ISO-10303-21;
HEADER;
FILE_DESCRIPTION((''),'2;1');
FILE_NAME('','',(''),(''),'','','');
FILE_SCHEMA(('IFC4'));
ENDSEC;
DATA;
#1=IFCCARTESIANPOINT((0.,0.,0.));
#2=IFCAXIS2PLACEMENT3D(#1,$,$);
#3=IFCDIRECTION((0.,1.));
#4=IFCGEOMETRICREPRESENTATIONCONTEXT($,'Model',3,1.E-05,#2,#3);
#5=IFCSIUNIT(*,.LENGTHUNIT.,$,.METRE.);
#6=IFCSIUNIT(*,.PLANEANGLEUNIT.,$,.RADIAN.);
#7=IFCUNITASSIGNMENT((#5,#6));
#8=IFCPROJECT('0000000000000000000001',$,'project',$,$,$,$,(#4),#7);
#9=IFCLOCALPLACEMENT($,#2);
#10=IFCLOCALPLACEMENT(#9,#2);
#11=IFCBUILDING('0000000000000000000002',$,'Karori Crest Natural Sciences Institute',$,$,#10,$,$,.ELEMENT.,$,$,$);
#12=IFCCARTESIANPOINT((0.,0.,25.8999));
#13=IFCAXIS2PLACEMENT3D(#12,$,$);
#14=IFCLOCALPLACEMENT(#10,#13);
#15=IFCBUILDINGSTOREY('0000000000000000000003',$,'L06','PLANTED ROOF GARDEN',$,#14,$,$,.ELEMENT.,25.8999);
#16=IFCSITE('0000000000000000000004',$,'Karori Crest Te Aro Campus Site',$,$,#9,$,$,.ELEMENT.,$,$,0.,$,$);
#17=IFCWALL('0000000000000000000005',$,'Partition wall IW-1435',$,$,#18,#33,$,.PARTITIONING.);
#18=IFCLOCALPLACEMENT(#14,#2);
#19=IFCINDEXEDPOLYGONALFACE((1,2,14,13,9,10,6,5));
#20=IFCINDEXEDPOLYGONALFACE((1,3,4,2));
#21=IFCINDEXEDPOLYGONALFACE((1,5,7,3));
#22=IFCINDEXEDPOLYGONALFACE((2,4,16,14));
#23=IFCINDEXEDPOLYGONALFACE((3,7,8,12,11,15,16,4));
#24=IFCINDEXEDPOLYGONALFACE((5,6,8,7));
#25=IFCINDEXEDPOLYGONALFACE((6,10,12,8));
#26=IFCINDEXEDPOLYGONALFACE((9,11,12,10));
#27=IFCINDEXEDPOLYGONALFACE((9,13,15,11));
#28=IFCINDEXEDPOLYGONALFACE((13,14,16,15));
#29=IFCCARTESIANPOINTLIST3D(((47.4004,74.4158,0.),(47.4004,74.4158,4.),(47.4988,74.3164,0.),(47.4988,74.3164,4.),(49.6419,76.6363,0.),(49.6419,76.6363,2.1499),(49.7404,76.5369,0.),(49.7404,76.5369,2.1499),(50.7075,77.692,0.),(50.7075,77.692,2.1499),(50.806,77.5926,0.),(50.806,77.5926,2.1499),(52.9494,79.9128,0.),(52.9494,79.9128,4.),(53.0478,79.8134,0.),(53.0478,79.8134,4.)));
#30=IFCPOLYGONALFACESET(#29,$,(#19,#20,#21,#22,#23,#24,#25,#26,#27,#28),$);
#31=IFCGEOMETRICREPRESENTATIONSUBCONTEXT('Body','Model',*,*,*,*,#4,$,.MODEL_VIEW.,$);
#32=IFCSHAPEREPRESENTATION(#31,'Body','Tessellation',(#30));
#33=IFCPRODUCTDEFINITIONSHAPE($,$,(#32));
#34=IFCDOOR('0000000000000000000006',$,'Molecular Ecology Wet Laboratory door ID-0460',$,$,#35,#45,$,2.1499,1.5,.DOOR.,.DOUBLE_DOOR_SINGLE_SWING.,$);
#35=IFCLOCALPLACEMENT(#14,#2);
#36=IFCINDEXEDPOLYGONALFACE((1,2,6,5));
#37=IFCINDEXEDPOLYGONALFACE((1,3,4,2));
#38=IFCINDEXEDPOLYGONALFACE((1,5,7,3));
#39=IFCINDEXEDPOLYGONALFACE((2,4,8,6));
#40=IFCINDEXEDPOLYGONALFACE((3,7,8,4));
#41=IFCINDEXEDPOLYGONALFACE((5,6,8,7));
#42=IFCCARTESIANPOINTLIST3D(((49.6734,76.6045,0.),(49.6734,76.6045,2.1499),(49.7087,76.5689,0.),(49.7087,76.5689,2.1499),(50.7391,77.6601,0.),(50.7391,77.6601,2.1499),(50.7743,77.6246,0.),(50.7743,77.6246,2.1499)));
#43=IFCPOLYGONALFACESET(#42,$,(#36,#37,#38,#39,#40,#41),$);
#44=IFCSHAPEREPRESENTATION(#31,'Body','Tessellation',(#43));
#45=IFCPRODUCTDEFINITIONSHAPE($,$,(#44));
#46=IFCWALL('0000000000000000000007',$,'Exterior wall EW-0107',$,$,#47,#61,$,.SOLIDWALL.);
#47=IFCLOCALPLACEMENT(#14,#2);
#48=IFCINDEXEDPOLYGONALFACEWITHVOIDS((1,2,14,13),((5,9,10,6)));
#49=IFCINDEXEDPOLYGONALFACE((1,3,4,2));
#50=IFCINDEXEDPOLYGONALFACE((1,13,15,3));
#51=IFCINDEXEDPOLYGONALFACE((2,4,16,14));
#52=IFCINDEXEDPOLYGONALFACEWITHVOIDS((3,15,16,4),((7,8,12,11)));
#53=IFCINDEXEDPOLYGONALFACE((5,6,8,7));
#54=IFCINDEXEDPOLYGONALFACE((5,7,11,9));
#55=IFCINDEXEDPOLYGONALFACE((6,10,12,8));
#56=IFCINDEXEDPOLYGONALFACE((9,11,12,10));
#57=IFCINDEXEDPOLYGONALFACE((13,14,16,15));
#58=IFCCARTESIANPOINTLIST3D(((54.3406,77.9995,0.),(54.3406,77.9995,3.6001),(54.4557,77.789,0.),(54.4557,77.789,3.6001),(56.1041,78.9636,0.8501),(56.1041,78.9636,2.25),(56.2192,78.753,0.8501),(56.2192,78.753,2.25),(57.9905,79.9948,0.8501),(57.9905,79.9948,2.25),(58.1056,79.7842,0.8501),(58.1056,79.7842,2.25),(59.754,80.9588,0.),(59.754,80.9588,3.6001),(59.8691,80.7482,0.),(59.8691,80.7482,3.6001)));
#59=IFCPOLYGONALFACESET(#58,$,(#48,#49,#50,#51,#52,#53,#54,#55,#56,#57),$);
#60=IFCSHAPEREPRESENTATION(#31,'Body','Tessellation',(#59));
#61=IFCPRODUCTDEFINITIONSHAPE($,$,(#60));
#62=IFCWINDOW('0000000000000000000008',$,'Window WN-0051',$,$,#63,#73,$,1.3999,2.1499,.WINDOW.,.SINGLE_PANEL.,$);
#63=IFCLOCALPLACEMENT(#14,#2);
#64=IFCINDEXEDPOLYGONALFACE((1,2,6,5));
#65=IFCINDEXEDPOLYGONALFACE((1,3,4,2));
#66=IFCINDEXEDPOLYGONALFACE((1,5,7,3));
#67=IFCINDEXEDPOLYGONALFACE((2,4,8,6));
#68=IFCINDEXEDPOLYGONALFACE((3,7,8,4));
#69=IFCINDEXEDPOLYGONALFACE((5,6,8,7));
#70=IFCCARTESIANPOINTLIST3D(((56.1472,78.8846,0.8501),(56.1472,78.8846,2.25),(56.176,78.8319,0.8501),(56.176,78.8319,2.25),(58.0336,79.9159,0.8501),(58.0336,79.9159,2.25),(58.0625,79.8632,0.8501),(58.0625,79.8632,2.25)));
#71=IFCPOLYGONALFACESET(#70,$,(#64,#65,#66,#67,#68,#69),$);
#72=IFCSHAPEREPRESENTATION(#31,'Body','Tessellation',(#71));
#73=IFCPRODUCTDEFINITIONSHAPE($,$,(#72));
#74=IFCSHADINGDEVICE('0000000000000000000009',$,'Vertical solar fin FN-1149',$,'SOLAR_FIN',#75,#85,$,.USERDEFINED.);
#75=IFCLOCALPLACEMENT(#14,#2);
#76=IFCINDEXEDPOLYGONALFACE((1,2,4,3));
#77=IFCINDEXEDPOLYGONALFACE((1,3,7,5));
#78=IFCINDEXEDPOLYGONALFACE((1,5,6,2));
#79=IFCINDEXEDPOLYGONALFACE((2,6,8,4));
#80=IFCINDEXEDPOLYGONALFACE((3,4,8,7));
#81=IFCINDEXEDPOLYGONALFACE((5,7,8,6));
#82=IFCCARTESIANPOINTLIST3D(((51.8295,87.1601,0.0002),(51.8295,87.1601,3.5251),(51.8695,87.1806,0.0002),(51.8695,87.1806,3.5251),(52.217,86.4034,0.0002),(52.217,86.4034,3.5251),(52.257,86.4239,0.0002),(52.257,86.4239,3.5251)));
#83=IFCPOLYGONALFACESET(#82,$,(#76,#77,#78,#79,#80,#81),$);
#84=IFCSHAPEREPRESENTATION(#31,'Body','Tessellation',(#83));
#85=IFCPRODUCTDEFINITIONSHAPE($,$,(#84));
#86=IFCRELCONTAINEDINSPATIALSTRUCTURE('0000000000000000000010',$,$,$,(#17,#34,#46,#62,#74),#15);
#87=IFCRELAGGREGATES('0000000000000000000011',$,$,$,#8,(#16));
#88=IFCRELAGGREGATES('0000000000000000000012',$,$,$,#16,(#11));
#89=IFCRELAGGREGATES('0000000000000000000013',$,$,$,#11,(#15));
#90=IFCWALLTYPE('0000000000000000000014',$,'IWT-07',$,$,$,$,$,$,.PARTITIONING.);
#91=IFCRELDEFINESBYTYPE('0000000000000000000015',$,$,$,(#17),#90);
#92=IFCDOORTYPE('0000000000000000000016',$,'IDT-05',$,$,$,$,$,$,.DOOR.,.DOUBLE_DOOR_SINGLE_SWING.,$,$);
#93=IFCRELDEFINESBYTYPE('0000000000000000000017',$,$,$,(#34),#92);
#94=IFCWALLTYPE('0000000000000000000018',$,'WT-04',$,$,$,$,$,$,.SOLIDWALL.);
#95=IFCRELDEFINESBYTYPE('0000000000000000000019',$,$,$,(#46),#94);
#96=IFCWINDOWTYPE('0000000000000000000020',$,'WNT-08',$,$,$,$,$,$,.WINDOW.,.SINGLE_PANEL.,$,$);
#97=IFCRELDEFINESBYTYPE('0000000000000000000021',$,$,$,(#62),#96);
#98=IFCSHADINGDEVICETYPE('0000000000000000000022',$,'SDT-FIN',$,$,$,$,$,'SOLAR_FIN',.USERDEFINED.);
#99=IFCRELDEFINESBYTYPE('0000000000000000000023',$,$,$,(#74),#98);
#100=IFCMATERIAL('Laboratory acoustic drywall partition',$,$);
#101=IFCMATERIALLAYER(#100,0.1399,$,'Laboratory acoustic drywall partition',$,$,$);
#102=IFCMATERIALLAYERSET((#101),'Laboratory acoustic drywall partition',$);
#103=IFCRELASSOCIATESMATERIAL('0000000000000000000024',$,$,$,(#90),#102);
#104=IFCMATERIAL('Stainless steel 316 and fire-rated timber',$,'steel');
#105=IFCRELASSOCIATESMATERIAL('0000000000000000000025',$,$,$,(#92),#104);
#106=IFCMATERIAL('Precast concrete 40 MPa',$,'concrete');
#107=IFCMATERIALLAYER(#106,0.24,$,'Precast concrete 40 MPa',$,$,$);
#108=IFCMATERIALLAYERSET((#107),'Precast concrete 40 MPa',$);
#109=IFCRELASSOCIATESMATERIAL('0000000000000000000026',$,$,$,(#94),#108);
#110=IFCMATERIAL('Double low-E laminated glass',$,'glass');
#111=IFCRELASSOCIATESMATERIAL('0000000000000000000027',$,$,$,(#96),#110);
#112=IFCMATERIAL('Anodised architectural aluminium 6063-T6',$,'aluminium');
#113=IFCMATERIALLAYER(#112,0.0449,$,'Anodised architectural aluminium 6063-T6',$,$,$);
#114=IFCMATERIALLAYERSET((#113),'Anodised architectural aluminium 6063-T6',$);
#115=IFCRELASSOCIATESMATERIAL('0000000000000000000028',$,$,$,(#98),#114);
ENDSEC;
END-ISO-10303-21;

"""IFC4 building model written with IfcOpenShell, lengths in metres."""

from ifc_helpers import new_model, si_unit, direction, frame, frame_2d, origin, origin_2d, place, context, subcontext, project, spatial, rectangle, extrude, material, layer, layer_set, type_object, element, fill, save


model = new_model("IFC4")

# Units and contexts
model_context = context("Model", 3, precision=1e-05, world=origin(), true_north=direction((0.0, 1.0)))
body_context = subcontext(model_context, "Body", "Model", "MODEL_VIEW")
ifc_project = project(units=[si_unit("LENGTHUNIT", "METRE"), si_unit("PLANEANGLEUNIT", "RADIAN")], contexts=[model_context])

# Site, building, storey
site_placement = place(None, origin())
site = spatial("IfcSite", under=ifc_project, at=site_placement, Name="Karori Crest Te Aro Campus Site", CompositionType="ELEMENT", RefElevation=0.0)
building_placement = place(site_placement, origin())
building = spatial("IfcBuilding", under=site, at=building_placement, Name="Karori Crest Natural Sciences Institute", CompositionType="ELEMENT")
storey_placement = place(building_placement, frame((0.0, 0.0, 25.8999)))
storey = spatial("IfcBuildingStorey", under=building, at=storey_placement, Name="L06", Description="PLANTED ROOF GARDEN", CompositionType="ELEMENT", Elevation=25.8999)

# Shared definitions
ifc_material_1 = material(Name="Anodised architectural aluminium 6063-T6", Category="aluminium")

# Shared definitions
ifc_material_2 = material(Name="Double low-E laminated glass", Category="glass")

# Shared definitions
ifc_material_3 = material(Name="Laboratory acoustic drywall partition")
ifc_layer_1 = layer(ifc_material_3, 0.1399, Name="Laboratory acoustic drywall partition")
ifc_layer_set_1 = layer_set([ifc_layer_1], Name="Laboratory acoustic drywall partition")
wall_type_1 = type_object("IfcWallType", Name="IWT-07", PredefinedType="PARTITIONING", material=ifc_layer_set_1)

# Shared definitions
ifc_material_4 = material(Name="Stainless steel 316 and fire-rated timber", Category="steel")

# Wall, opening, door
wall_1_placement = place(storey_placement, frame((52.9985, 79.863, 0.0), z_axis=(0.0, 0.0, 1.0), x_axis=(-0.710428, -0.70377, 0.0)))
wall_1 = element("IfcWall", 1, at=wall_1_placement, inside=storey, type_object=wall_type_1, Name="Partition wall IW-1435", PredefinedType="PARTITIONING", context=body_context, shape_type="SweptSolid", body=[
    extrude(rectangle(XDim=7.8108, YDim=0.1399, at=frame_2d((3.9053, 0.0))), origin(), (0.0, 0.0, 1.0), 4.0),
])
opening_1_placement = place(wall_1_placement, frame((3.1555, 0.0, 0.0)))
opening_1 = element("IfcOpeningElement", 2, at=opening_1_placement, cuts=wall_1, PredefinedType="OPENING", context=body_context, shape_type="SweptSolid", body=[
    extrude(rectangle(XDim=1.5, YDim=2.1499, at=frame_2d((0.75, 1.075))), frame((0.0, 0.0801, 0.0), z_axis=(0.0, -1.0, 0.0), x_axis=(1.0, 0.0, 0.0)), (0.0, 0.0, 1.0), 0.1599),
])
door_type_1 = type_object("IfcDoorType", Name="IDT-05", OperationType="DOUBLE_DOOR_SINGLE_SWING", PredefinedType="DOOR", material=ifc_material_4)
door_1_placement = place(opening_1_placement, origin())
door_1 = element("IfcDoor", 3, at=door_1_placement, inside=storey, type_object=door_type_1, Name="Molecular Ecology Wet Laboratory door ID-0460", OperationType="DOUBLE_DOOR_SINGLE_SWING", OverallHeight=2.1499, OverallWidth=1.5, PredefinedType="DOOR", context=body_context, shape_type="SweptSolid", body=[
    extrude(rectangle(XDim=1.5, YDim=2.1499, at=frame_2d((0.75, 1.075))), frame((0.0, 0.0249, 0.0), z_axis=(0.0, -1.0, 0.0), x_axis=(1.0, 0.0, 0.0)), (0.0, 0.0, 1.0), 0.05),
])
fill(opening_1, door_1)

# Wall, opening, window
ifc_material_5 = material(Name="Precast concrete 40 MPa", Category="concrete")
ifc_layer_2 = layer(ifc_material_5, 0.24, Name="Precast concrete 40 MPa")
ifc_layer_set_2 = layer_set([ifc_layer_2], Name="Precast concrete 40 MPa")
wall_type_2 = type_object("IfcWallType", Name="WT-04", PredefinedType="SOLIDWALL", material=ifc_layer_set_2)
wall_2_placement = place(storey_placement, frame((59.8115, 80.8535, 0.0), z_axis=(0.0, 0.0, 1.0), x_axis=(-0.877452, -0.479664, 0.0)))
wall_2 = element("IfcWall", 4, at=wall_2_placement, inside=storey, type_object=wall_type_2, Name="Exterior wall EW-0107", PredefinedType="SOLIDWALL", context=body_context, shape_type="SweptSolid", body=[
    extrude(rectangle(XDim=6.1694, YDim=0.24, at=frame_2d((3.0847, 0.0))), origin(), (0.0, 0.0, 1.0), 3.6001),
])
opening_2_placement = place(wall_2_placement, frame((2.0098, 0.0, 0.8501)))
opening_2 = element("IfcOpeningElement", 5, at=opening_2_placement, cuts=wall_2, PredefinedType="OPENING", context=body_context, shape_type="SweptSolid", body=[
    extrude(rectangle(XDim=2.1499, YDim=1.3999, at=frame_2d((1.075, 0.7))), frame((0.0, 0.1299, 0.0), z_axis=(0.0, -1.0, 0.0), x_axis=(1.0, 0.0, 0.0)), (0.0, 0.0, 1.0), 0.26),
])
window_type = type_object("IfcWindowType", Name="WNT-08", PartitioningType="SINGLE_PANEL", PredefinedType="WINDOW", material=ifc_material_2)
window_placement = place(opening_2_placement, origin())
window = element("IfcWindow", 6, at=window_placement, inside=storey, type_object=window_type, Name="Window WN-0051", OverallHeight=1.3999, OverallWidth=2.1499, PartitioningType="SINGLE_PANEL", PredefinedType="WINDOW", context=body_context, shape_type="SweptSolid", body=[
    extrude(rectangle(XDim=2.1499, YDim=1.3999, at=frame_2d((1.075, 0.7))), frame((0.0, 0.03, 0.0), z_axis=(0.0, -1.0, 0.0), x_axis=(1.0, 0.0, 0.0)), (0.0, 0.0, 1.0), 0.0601),
])
fill(opening_2, window)

# Shading device
ifc_layer_3 = layer(ifc_material_1, 0.0449, Name="Anodised architectural aluminium 6063-T6")
ifc_layer_set_3 = layer_set([ifc_layer_3], Name="Anodised architectural aluminium 6063-T6")
shading_device_type = type_object("IfcShadingDeviceType", Name="SDT-FIN", ElementType="SOLAR_FIN", PredefinedType="USERDEFINED", material=ifc_layer_set_3)
shading_device_placement = place(storey_placement, frame((52.0432, 86.792, 0.0002), z_axis=(0.0, 0.0, 1.0), x_axis=(-0.455829, 0.890067, 0.0)))
element("IfcShadingDevice", 7, at=shading_device_placement, inside=storey, type_object=shading_device_type, Name="Vertical solar fin FN-1149", ObjectType="SOLAR_FIN", PredefinedType="USERDEFINED", context=body_context, shape_type="SweptSolid", body=[
    extrude(rectangle(XDim=0.8501, YDim=0.0449, at=origin_2d()), origin(), (0.0, 0.0, 1.0), 3.5249),
])

save(model, "model.ifc")
